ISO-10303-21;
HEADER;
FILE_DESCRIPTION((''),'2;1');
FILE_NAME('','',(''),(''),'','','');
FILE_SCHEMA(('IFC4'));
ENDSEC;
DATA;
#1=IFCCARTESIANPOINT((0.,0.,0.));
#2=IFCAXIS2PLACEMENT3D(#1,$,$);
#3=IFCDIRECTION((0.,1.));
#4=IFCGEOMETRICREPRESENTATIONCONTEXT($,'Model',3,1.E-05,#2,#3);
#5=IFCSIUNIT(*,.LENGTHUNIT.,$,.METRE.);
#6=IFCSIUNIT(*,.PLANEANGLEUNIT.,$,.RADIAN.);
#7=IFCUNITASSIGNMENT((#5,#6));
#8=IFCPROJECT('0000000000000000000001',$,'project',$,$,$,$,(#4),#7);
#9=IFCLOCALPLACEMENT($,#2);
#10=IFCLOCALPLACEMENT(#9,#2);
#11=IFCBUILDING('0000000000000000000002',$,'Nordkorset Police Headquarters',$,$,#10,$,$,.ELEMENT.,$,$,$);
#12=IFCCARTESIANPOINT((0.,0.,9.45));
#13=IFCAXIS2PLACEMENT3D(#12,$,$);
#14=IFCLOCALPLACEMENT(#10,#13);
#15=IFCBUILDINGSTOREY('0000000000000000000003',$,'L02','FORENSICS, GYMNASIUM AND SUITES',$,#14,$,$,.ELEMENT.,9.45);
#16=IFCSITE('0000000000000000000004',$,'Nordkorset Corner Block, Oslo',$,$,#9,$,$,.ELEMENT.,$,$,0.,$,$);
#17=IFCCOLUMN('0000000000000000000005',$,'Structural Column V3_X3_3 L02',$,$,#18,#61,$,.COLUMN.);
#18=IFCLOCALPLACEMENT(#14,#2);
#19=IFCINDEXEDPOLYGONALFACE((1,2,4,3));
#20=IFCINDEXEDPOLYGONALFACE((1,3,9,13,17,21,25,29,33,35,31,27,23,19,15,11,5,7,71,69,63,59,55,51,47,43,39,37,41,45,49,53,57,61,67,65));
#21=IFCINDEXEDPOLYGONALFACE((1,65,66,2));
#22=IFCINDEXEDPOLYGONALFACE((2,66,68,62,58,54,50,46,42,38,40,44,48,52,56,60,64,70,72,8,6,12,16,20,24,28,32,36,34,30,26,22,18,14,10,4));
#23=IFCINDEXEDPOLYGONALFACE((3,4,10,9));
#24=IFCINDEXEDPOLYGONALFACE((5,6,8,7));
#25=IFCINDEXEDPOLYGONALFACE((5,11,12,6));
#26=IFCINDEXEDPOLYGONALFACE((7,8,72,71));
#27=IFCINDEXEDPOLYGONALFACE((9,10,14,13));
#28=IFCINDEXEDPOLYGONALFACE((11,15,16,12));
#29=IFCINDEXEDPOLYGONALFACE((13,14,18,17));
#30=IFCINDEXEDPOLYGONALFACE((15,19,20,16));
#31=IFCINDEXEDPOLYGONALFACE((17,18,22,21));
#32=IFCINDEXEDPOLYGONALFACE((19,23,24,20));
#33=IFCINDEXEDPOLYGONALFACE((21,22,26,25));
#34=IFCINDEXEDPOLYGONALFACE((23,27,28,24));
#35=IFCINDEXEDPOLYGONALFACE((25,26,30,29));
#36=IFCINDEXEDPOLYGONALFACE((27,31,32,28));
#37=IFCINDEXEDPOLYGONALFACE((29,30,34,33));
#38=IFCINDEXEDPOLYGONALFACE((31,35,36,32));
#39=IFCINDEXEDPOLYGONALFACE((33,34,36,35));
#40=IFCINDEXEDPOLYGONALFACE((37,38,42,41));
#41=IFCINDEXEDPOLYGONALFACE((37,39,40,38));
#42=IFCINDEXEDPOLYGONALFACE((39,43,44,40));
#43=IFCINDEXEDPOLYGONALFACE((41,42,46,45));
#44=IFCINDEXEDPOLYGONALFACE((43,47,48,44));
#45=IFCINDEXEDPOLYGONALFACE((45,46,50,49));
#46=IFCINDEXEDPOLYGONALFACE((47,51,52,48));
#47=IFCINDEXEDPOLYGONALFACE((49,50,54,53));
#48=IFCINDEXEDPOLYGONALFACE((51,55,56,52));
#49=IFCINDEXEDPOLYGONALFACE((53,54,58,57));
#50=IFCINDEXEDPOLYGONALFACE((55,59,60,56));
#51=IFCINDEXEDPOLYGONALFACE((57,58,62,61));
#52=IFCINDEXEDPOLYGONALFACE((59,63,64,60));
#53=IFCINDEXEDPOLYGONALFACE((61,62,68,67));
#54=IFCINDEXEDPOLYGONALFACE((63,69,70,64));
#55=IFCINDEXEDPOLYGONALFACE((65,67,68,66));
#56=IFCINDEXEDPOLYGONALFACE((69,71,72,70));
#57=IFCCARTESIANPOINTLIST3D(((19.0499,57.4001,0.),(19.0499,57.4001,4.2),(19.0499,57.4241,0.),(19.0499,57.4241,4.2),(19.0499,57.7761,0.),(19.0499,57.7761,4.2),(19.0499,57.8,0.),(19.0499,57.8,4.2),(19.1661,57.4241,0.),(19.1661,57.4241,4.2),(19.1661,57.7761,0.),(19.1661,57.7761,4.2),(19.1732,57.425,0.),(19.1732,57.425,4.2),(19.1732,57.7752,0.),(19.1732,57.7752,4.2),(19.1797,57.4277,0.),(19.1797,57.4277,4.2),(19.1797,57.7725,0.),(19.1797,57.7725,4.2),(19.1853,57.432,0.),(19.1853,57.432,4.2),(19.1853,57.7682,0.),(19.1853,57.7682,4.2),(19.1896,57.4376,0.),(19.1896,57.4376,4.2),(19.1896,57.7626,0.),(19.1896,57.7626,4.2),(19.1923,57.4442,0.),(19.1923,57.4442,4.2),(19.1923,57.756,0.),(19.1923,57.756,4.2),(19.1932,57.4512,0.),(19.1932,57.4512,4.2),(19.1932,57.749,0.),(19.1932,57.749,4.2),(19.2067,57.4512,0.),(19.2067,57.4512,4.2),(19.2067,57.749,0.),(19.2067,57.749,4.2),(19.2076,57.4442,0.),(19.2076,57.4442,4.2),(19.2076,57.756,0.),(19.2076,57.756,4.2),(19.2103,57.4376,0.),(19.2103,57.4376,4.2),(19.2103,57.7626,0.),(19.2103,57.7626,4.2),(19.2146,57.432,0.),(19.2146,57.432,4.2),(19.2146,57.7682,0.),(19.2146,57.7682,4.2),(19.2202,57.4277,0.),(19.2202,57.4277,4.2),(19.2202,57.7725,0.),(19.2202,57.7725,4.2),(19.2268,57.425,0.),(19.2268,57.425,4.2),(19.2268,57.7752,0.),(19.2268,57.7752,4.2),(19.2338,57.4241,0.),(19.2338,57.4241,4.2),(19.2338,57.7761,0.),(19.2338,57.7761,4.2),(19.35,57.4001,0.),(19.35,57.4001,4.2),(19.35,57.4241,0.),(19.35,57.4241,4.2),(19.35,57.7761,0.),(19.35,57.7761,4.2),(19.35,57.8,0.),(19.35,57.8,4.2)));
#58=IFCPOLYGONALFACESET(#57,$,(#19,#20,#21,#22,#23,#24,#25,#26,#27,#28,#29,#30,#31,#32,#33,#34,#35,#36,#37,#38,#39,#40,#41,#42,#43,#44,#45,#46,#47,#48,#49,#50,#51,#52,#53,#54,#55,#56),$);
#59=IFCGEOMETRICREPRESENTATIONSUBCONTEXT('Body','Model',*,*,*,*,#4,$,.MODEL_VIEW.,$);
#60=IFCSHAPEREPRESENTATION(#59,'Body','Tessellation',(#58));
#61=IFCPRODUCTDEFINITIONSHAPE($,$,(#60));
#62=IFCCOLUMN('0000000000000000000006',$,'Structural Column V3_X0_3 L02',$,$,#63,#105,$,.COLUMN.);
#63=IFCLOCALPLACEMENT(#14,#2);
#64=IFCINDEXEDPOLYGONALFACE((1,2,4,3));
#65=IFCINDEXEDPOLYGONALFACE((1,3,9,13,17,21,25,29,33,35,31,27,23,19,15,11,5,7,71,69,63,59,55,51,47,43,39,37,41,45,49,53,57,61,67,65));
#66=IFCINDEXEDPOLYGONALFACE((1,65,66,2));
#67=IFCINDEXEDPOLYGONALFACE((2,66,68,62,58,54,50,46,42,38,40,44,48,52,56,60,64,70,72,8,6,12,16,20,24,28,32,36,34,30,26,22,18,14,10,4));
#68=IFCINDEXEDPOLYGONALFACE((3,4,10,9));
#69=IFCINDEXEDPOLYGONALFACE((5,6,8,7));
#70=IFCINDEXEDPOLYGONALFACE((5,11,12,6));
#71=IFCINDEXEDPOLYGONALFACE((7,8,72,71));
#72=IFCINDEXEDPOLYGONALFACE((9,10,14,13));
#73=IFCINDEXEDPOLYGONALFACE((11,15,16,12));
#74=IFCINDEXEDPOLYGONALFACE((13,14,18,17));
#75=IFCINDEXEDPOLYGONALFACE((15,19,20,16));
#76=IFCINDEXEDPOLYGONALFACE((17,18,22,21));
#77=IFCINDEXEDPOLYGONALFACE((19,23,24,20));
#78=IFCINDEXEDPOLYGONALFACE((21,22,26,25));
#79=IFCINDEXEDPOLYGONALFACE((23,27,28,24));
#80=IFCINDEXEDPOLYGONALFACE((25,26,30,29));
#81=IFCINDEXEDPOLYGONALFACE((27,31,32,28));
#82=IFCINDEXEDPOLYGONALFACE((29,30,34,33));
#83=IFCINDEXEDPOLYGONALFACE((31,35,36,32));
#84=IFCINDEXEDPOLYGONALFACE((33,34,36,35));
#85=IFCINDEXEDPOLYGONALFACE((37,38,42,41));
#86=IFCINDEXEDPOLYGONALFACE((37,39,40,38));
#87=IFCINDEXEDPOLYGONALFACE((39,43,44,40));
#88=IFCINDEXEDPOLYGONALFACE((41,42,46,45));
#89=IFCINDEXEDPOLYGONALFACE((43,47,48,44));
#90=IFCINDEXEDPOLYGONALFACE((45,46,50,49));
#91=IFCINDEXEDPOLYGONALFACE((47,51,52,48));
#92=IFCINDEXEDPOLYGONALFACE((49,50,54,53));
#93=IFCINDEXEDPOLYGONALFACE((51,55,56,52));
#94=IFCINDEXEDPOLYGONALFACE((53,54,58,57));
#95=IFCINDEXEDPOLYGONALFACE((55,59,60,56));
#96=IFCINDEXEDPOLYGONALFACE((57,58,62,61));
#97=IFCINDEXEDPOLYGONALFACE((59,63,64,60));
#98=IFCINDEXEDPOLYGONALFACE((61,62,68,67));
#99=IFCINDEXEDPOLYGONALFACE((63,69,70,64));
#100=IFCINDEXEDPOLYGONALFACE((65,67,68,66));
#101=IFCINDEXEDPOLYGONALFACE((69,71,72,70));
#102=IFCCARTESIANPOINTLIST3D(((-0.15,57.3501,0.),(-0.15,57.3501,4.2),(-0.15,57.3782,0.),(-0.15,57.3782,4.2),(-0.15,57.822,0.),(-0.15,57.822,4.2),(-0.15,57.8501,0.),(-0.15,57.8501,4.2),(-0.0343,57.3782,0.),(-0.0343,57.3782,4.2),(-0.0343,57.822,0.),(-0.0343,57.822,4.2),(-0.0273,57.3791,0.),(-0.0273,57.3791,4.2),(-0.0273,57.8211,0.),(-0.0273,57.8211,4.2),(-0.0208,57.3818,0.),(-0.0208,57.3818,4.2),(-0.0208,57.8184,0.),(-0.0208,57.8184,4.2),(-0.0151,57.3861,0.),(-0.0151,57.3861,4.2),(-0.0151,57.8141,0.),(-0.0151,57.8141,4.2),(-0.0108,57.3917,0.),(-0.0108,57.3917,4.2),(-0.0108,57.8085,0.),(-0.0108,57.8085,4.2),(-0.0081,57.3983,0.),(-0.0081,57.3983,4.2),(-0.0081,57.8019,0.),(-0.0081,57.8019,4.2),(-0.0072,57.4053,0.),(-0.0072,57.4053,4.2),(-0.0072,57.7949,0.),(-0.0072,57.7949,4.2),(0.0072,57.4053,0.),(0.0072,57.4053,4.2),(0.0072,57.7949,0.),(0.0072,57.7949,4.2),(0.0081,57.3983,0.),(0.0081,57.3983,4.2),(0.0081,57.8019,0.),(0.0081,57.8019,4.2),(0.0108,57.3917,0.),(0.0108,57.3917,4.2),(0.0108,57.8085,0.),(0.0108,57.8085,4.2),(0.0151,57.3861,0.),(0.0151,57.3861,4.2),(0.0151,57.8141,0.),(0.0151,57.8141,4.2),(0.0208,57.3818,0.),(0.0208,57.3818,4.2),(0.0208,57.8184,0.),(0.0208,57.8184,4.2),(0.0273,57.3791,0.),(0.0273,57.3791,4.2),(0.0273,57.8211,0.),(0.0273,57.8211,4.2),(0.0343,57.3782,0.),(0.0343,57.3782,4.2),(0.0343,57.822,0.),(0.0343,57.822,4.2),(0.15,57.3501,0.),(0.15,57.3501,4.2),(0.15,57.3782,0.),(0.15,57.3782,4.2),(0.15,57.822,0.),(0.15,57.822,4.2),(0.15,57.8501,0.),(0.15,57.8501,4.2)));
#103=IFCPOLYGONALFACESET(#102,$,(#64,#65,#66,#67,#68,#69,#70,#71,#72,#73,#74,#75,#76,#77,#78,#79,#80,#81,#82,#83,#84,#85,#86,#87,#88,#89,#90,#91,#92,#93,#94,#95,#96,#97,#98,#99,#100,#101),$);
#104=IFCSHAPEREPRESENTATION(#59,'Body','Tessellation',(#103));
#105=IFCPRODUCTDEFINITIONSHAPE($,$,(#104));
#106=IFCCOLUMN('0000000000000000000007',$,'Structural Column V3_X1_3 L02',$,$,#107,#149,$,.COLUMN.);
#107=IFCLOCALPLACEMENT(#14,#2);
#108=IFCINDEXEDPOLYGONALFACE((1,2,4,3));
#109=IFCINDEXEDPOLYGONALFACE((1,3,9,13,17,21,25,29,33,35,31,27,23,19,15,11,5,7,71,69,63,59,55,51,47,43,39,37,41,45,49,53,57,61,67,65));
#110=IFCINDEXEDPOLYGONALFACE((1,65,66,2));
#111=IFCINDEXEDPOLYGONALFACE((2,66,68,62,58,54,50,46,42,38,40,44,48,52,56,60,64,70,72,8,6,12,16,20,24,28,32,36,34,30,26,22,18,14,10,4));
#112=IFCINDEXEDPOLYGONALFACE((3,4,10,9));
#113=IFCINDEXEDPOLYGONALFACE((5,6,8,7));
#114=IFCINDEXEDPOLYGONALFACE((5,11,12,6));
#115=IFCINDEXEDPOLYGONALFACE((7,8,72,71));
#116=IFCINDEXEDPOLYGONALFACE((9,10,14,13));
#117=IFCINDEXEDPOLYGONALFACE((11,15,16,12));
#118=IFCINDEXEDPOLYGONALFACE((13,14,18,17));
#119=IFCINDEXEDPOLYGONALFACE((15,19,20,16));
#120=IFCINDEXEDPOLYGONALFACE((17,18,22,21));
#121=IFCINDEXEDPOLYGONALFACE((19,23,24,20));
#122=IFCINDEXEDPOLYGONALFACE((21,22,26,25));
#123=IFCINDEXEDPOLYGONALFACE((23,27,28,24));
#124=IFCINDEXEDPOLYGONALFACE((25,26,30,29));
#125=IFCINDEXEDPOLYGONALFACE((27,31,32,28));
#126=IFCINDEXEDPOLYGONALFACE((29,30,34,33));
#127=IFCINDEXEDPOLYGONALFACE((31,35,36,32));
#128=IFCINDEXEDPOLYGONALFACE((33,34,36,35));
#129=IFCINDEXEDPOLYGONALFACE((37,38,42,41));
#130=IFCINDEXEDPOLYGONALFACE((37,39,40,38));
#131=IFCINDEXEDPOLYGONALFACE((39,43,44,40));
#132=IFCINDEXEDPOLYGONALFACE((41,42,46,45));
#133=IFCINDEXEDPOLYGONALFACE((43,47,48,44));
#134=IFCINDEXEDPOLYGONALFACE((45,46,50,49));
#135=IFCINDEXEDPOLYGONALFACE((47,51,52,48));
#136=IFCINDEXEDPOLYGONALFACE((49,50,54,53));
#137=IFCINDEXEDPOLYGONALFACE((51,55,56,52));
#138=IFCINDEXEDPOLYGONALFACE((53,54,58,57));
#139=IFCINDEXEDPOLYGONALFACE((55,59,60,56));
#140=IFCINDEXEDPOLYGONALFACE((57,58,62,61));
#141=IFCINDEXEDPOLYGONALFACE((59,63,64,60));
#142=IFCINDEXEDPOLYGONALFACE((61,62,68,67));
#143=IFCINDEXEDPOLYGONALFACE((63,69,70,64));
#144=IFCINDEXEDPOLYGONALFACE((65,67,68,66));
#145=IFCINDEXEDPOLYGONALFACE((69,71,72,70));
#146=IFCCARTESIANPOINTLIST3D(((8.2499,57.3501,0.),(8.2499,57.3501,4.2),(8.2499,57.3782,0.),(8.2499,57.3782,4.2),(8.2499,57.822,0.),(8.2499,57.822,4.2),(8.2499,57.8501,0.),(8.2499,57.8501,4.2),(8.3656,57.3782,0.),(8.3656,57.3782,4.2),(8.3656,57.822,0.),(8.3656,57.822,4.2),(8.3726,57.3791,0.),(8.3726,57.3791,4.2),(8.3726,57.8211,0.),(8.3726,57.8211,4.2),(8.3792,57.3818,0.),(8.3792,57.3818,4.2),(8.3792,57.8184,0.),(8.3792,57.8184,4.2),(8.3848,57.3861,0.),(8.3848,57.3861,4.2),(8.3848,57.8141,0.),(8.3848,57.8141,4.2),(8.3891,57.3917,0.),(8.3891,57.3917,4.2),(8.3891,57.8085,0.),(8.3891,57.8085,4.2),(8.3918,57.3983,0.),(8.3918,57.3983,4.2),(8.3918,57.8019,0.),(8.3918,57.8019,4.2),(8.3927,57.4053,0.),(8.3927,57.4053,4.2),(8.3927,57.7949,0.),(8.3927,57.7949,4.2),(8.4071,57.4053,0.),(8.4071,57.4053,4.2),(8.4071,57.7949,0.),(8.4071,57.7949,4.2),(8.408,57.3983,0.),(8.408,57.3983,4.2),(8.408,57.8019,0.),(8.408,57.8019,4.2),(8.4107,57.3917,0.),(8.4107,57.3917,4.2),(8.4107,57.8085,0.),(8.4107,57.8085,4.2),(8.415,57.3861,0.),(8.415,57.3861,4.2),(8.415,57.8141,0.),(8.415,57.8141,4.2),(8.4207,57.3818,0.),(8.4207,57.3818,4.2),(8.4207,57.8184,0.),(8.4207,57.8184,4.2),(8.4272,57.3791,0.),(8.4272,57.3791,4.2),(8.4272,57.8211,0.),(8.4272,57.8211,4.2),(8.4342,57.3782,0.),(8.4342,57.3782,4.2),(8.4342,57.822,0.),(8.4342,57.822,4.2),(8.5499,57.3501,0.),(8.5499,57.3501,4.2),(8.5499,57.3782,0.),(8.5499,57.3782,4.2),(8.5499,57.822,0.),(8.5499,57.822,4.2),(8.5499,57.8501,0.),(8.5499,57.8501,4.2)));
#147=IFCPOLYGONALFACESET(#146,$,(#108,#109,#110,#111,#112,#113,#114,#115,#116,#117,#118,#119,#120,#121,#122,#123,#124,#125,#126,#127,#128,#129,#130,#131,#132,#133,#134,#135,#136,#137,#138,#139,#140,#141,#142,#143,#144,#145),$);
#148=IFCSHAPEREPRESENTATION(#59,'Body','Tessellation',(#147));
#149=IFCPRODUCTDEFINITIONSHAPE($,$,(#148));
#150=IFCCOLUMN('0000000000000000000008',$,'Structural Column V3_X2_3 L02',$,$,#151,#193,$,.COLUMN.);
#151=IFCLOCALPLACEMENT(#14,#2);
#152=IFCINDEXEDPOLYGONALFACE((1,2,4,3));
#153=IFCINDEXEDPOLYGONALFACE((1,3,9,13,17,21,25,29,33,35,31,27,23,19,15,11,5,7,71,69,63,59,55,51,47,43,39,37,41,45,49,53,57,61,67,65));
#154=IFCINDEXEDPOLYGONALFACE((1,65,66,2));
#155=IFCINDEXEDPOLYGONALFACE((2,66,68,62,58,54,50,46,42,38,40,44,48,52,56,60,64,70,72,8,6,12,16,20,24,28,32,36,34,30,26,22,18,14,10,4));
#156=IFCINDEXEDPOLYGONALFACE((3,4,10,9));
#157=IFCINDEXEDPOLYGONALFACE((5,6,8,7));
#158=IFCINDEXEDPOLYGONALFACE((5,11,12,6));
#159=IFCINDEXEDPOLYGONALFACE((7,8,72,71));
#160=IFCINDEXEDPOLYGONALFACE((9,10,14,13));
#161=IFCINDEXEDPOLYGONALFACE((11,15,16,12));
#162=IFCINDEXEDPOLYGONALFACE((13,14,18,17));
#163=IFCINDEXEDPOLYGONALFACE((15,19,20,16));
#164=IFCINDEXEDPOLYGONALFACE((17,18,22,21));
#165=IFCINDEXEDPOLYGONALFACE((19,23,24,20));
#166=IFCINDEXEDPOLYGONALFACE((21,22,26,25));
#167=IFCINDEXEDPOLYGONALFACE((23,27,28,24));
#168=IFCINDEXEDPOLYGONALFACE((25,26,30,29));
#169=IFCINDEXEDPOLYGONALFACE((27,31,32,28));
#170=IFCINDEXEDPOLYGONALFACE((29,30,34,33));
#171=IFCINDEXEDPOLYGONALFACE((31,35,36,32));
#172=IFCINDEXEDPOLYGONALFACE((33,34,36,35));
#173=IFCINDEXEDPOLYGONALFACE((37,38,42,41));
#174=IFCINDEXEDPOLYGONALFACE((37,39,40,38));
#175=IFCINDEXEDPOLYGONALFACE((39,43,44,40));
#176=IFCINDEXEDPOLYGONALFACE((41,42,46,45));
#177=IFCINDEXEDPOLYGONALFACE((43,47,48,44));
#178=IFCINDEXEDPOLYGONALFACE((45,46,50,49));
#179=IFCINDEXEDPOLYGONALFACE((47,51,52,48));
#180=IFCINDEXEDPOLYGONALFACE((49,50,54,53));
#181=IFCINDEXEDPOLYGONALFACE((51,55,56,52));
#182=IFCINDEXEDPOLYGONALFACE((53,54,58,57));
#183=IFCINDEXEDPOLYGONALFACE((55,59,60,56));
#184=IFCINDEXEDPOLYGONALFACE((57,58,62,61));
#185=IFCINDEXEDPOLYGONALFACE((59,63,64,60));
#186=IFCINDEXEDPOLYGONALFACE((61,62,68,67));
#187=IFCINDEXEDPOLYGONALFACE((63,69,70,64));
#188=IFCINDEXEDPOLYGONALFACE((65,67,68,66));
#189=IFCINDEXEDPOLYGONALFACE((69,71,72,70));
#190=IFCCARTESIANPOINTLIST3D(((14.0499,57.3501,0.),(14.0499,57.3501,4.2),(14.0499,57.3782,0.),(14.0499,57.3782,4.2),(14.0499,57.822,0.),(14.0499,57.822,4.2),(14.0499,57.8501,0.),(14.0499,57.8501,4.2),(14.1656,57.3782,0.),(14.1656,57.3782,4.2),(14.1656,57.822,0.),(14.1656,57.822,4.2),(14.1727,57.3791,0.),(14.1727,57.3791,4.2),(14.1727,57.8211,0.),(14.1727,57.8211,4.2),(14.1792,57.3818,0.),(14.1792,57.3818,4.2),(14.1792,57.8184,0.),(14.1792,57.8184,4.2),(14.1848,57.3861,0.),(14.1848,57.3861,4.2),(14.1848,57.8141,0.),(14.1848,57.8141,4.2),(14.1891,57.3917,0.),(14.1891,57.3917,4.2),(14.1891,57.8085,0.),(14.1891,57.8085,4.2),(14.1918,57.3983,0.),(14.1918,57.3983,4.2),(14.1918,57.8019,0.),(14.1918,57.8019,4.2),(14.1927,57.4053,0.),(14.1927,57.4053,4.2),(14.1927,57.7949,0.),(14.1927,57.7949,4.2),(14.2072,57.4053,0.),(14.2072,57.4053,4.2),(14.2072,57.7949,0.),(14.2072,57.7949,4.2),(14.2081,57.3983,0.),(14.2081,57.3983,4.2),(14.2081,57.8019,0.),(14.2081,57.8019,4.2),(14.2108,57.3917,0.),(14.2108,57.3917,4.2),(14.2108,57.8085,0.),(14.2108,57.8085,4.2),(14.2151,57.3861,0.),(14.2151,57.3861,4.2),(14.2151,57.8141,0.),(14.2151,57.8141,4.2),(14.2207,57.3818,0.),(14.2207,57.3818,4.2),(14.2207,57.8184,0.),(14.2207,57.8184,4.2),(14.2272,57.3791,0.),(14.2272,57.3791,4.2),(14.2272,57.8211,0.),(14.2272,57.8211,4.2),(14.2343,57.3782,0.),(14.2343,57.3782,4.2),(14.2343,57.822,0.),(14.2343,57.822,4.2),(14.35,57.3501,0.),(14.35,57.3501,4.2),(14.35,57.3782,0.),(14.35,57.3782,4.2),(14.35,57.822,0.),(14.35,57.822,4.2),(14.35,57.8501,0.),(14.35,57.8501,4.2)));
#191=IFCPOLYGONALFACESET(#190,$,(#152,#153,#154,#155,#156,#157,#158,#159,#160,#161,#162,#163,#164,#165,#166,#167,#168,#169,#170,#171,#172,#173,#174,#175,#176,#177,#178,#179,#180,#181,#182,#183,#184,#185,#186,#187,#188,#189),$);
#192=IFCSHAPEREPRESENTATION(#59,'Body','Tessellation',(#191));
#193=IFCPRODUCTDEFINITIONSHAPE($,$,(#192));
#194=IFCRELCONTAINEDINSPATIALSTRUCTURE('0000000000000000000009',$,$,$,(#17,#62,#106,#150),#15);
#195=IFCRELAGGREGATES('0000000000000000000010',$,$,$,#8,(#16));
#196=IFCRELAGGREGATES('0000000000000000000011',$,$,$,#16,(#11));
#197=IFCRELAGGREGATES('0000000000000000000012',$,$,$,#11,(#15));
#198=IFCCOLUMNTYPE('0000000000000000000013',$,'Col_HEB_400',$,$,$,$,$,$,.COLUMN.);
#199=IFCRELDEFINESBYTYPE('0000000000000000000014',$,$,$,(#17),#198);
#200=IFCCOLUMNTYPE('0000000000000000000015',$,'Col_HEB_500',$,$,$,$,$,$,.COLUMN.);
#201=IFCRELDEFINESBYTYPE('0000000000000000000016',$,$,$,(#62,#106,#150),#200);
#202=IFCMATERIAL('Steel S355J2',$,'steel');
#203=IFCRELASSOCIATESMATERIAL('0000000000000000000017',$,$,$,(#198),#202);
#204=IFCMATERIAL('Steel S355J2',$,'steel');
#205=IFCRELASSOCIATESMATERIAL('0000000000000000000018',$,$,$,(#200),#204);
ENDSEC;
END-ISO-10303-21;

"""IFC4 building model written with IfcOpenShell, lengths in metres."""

from ifc_helpers import new_model, si_unit, direction, frame, origin, origin_2d, place, context, subcontext, project, spatial, i_section, extrude, material, material_profile, profile_set, type_object, element, save


model = new_model("IFC4")

# Units and contexts
model_context = context("Model", 3, precision=1e-05, world=origin(), true_north=direction((0.0, 1.0)))
body_context = subcontext(model_context, "Body", "Model", "MODEL_VIEW")
ifc_project = project(units=[si_unit("LENGTHUNIT", "METRE"), si_unit("PLANEANGLEUNIT", "RADIAN")], contexts=[model_context])

# Site, building, storey
site_placement = place(None, origin())
site = spatial("IfcSite", under=ifc_project, at=site_placement, Name="Nordkorset Corner Block, Oslo", CompositionType="ELEMENT", RefElevation=0.0)
building_placement = place(site_placement, origin())
building = spatial("IfcBuilding", under=site, at=building_placement, Name="Nordkorset Police Headquarters", CompositionType="ELEMENT")
storey_placement = place(building_placement, frame((0.0, 0.0, 9.45)))
storey = spatial("IfcBuildingStorey", under=building, at=storey_placement, Name="L02", Description="FORENSICS, GYMNASIUM AND SUITES", CompositionType="ELEMENT", Elevation=9.45)

# Columns
ifc_material_1 = material(Name="Steel S355J2", Category="steel")
ifc_material_profile_1 = material_profile(ifc_material_1, i_section(OverallWidth=0.3, OverallDepth=0.3999, WebThickness=0.0134, FlangeThickness=0.0239, FilletRadius=0.0271, at=origin_2d()), Name="HEB 400")
ifc_profile_set_1 = profile_set([ifc_material_profile_1], Name="Steel S355J2")
column_type_1 = type_object("IfcColumnType", Name="Col_HEB_400", PredefinedType="COLUMN", material=ifc_profile_set_1)
column_placement = place(storey_placement, frame((19.2, 57.6001, 0.0), z_axis=(0.0, 0.0, 1.0), x_axis=(1.0, 0.0, 0.0)))
element("IfcColumn", 1, at=column_placement, inside=storey, type_object=column_type_1, Name="Structural Column V3_X3_3 L02", PredefinedType="COLUMN", context=body_context, shape_type="SweptSolid", body=[
    extrude(i_section(OverallWidth=0.3, OverallDepth=0.3999, WebThickness=0.0134, FlangeThickness=0.0239, FilletRadius=0.0271, at=origin_2d()), origin(), (0.0, 0.0, 1.0), 4.2),
])
ifc_material_2 = material(Name="Steel S355J2", Category="steel")
ifc_material_profile_2 = material_profile(ifc_material_2, i_section(OverallWidth=0.3, OverallDepth=0.5, WebThickness=0.0144, FlangeThickness=0.0281, FilletRadius=0.0271, at=origin_2d()), Name="HEB 500")
ifc_profile_set_2 = profile_set([ifc_material_profile_2], Name="Steel S355J2")
column_type_2 = type_object("IfcColumnType", Name="Col_HEB_500", PredefinedType="COLUMN", material=ifc_profile_set_2)
for number, where, z_axis, x_axis, name in (
    (2, (0.0, 57.6001, 0.0), (0.0, 0.0, 1.0), (1.0, 0.0, 0.0), "Structural Column V3_X0_3 L02"),
    (3, (8.3999, 57.6001, 0.0), (0.0, 0.0, 1.0), (1.0, 0.0, 0.0), "Structural Column V3_X1_3 L02"),
    (4, (14.2, 57.6001, 0.0), (0.0, 0.0, 1.0), (1.0, 0.0, 0.0), "Structural Column V3_X2_3 L02"),
):
    element("IfcColumn", number, at=place(storey_placement, frame(where, z_axis=z_axis, x_axis=x_axis)), inside=storey, type_object=column_type_2, Name=name, PredefinedType="COLUMN", context=body_context, shape_type="SweptSolid", body=[
        extrude(i_section(OverallWidth=0.3, OverallDepth=0.5, WebThickness=0.0144, FlangeThickness=0.0281, FilletRadius=0.0271, at=origin_2d()), origin(), (0.0, 0.0, 1.0), 4.2),
    ])

save(model, "model.ifc")
